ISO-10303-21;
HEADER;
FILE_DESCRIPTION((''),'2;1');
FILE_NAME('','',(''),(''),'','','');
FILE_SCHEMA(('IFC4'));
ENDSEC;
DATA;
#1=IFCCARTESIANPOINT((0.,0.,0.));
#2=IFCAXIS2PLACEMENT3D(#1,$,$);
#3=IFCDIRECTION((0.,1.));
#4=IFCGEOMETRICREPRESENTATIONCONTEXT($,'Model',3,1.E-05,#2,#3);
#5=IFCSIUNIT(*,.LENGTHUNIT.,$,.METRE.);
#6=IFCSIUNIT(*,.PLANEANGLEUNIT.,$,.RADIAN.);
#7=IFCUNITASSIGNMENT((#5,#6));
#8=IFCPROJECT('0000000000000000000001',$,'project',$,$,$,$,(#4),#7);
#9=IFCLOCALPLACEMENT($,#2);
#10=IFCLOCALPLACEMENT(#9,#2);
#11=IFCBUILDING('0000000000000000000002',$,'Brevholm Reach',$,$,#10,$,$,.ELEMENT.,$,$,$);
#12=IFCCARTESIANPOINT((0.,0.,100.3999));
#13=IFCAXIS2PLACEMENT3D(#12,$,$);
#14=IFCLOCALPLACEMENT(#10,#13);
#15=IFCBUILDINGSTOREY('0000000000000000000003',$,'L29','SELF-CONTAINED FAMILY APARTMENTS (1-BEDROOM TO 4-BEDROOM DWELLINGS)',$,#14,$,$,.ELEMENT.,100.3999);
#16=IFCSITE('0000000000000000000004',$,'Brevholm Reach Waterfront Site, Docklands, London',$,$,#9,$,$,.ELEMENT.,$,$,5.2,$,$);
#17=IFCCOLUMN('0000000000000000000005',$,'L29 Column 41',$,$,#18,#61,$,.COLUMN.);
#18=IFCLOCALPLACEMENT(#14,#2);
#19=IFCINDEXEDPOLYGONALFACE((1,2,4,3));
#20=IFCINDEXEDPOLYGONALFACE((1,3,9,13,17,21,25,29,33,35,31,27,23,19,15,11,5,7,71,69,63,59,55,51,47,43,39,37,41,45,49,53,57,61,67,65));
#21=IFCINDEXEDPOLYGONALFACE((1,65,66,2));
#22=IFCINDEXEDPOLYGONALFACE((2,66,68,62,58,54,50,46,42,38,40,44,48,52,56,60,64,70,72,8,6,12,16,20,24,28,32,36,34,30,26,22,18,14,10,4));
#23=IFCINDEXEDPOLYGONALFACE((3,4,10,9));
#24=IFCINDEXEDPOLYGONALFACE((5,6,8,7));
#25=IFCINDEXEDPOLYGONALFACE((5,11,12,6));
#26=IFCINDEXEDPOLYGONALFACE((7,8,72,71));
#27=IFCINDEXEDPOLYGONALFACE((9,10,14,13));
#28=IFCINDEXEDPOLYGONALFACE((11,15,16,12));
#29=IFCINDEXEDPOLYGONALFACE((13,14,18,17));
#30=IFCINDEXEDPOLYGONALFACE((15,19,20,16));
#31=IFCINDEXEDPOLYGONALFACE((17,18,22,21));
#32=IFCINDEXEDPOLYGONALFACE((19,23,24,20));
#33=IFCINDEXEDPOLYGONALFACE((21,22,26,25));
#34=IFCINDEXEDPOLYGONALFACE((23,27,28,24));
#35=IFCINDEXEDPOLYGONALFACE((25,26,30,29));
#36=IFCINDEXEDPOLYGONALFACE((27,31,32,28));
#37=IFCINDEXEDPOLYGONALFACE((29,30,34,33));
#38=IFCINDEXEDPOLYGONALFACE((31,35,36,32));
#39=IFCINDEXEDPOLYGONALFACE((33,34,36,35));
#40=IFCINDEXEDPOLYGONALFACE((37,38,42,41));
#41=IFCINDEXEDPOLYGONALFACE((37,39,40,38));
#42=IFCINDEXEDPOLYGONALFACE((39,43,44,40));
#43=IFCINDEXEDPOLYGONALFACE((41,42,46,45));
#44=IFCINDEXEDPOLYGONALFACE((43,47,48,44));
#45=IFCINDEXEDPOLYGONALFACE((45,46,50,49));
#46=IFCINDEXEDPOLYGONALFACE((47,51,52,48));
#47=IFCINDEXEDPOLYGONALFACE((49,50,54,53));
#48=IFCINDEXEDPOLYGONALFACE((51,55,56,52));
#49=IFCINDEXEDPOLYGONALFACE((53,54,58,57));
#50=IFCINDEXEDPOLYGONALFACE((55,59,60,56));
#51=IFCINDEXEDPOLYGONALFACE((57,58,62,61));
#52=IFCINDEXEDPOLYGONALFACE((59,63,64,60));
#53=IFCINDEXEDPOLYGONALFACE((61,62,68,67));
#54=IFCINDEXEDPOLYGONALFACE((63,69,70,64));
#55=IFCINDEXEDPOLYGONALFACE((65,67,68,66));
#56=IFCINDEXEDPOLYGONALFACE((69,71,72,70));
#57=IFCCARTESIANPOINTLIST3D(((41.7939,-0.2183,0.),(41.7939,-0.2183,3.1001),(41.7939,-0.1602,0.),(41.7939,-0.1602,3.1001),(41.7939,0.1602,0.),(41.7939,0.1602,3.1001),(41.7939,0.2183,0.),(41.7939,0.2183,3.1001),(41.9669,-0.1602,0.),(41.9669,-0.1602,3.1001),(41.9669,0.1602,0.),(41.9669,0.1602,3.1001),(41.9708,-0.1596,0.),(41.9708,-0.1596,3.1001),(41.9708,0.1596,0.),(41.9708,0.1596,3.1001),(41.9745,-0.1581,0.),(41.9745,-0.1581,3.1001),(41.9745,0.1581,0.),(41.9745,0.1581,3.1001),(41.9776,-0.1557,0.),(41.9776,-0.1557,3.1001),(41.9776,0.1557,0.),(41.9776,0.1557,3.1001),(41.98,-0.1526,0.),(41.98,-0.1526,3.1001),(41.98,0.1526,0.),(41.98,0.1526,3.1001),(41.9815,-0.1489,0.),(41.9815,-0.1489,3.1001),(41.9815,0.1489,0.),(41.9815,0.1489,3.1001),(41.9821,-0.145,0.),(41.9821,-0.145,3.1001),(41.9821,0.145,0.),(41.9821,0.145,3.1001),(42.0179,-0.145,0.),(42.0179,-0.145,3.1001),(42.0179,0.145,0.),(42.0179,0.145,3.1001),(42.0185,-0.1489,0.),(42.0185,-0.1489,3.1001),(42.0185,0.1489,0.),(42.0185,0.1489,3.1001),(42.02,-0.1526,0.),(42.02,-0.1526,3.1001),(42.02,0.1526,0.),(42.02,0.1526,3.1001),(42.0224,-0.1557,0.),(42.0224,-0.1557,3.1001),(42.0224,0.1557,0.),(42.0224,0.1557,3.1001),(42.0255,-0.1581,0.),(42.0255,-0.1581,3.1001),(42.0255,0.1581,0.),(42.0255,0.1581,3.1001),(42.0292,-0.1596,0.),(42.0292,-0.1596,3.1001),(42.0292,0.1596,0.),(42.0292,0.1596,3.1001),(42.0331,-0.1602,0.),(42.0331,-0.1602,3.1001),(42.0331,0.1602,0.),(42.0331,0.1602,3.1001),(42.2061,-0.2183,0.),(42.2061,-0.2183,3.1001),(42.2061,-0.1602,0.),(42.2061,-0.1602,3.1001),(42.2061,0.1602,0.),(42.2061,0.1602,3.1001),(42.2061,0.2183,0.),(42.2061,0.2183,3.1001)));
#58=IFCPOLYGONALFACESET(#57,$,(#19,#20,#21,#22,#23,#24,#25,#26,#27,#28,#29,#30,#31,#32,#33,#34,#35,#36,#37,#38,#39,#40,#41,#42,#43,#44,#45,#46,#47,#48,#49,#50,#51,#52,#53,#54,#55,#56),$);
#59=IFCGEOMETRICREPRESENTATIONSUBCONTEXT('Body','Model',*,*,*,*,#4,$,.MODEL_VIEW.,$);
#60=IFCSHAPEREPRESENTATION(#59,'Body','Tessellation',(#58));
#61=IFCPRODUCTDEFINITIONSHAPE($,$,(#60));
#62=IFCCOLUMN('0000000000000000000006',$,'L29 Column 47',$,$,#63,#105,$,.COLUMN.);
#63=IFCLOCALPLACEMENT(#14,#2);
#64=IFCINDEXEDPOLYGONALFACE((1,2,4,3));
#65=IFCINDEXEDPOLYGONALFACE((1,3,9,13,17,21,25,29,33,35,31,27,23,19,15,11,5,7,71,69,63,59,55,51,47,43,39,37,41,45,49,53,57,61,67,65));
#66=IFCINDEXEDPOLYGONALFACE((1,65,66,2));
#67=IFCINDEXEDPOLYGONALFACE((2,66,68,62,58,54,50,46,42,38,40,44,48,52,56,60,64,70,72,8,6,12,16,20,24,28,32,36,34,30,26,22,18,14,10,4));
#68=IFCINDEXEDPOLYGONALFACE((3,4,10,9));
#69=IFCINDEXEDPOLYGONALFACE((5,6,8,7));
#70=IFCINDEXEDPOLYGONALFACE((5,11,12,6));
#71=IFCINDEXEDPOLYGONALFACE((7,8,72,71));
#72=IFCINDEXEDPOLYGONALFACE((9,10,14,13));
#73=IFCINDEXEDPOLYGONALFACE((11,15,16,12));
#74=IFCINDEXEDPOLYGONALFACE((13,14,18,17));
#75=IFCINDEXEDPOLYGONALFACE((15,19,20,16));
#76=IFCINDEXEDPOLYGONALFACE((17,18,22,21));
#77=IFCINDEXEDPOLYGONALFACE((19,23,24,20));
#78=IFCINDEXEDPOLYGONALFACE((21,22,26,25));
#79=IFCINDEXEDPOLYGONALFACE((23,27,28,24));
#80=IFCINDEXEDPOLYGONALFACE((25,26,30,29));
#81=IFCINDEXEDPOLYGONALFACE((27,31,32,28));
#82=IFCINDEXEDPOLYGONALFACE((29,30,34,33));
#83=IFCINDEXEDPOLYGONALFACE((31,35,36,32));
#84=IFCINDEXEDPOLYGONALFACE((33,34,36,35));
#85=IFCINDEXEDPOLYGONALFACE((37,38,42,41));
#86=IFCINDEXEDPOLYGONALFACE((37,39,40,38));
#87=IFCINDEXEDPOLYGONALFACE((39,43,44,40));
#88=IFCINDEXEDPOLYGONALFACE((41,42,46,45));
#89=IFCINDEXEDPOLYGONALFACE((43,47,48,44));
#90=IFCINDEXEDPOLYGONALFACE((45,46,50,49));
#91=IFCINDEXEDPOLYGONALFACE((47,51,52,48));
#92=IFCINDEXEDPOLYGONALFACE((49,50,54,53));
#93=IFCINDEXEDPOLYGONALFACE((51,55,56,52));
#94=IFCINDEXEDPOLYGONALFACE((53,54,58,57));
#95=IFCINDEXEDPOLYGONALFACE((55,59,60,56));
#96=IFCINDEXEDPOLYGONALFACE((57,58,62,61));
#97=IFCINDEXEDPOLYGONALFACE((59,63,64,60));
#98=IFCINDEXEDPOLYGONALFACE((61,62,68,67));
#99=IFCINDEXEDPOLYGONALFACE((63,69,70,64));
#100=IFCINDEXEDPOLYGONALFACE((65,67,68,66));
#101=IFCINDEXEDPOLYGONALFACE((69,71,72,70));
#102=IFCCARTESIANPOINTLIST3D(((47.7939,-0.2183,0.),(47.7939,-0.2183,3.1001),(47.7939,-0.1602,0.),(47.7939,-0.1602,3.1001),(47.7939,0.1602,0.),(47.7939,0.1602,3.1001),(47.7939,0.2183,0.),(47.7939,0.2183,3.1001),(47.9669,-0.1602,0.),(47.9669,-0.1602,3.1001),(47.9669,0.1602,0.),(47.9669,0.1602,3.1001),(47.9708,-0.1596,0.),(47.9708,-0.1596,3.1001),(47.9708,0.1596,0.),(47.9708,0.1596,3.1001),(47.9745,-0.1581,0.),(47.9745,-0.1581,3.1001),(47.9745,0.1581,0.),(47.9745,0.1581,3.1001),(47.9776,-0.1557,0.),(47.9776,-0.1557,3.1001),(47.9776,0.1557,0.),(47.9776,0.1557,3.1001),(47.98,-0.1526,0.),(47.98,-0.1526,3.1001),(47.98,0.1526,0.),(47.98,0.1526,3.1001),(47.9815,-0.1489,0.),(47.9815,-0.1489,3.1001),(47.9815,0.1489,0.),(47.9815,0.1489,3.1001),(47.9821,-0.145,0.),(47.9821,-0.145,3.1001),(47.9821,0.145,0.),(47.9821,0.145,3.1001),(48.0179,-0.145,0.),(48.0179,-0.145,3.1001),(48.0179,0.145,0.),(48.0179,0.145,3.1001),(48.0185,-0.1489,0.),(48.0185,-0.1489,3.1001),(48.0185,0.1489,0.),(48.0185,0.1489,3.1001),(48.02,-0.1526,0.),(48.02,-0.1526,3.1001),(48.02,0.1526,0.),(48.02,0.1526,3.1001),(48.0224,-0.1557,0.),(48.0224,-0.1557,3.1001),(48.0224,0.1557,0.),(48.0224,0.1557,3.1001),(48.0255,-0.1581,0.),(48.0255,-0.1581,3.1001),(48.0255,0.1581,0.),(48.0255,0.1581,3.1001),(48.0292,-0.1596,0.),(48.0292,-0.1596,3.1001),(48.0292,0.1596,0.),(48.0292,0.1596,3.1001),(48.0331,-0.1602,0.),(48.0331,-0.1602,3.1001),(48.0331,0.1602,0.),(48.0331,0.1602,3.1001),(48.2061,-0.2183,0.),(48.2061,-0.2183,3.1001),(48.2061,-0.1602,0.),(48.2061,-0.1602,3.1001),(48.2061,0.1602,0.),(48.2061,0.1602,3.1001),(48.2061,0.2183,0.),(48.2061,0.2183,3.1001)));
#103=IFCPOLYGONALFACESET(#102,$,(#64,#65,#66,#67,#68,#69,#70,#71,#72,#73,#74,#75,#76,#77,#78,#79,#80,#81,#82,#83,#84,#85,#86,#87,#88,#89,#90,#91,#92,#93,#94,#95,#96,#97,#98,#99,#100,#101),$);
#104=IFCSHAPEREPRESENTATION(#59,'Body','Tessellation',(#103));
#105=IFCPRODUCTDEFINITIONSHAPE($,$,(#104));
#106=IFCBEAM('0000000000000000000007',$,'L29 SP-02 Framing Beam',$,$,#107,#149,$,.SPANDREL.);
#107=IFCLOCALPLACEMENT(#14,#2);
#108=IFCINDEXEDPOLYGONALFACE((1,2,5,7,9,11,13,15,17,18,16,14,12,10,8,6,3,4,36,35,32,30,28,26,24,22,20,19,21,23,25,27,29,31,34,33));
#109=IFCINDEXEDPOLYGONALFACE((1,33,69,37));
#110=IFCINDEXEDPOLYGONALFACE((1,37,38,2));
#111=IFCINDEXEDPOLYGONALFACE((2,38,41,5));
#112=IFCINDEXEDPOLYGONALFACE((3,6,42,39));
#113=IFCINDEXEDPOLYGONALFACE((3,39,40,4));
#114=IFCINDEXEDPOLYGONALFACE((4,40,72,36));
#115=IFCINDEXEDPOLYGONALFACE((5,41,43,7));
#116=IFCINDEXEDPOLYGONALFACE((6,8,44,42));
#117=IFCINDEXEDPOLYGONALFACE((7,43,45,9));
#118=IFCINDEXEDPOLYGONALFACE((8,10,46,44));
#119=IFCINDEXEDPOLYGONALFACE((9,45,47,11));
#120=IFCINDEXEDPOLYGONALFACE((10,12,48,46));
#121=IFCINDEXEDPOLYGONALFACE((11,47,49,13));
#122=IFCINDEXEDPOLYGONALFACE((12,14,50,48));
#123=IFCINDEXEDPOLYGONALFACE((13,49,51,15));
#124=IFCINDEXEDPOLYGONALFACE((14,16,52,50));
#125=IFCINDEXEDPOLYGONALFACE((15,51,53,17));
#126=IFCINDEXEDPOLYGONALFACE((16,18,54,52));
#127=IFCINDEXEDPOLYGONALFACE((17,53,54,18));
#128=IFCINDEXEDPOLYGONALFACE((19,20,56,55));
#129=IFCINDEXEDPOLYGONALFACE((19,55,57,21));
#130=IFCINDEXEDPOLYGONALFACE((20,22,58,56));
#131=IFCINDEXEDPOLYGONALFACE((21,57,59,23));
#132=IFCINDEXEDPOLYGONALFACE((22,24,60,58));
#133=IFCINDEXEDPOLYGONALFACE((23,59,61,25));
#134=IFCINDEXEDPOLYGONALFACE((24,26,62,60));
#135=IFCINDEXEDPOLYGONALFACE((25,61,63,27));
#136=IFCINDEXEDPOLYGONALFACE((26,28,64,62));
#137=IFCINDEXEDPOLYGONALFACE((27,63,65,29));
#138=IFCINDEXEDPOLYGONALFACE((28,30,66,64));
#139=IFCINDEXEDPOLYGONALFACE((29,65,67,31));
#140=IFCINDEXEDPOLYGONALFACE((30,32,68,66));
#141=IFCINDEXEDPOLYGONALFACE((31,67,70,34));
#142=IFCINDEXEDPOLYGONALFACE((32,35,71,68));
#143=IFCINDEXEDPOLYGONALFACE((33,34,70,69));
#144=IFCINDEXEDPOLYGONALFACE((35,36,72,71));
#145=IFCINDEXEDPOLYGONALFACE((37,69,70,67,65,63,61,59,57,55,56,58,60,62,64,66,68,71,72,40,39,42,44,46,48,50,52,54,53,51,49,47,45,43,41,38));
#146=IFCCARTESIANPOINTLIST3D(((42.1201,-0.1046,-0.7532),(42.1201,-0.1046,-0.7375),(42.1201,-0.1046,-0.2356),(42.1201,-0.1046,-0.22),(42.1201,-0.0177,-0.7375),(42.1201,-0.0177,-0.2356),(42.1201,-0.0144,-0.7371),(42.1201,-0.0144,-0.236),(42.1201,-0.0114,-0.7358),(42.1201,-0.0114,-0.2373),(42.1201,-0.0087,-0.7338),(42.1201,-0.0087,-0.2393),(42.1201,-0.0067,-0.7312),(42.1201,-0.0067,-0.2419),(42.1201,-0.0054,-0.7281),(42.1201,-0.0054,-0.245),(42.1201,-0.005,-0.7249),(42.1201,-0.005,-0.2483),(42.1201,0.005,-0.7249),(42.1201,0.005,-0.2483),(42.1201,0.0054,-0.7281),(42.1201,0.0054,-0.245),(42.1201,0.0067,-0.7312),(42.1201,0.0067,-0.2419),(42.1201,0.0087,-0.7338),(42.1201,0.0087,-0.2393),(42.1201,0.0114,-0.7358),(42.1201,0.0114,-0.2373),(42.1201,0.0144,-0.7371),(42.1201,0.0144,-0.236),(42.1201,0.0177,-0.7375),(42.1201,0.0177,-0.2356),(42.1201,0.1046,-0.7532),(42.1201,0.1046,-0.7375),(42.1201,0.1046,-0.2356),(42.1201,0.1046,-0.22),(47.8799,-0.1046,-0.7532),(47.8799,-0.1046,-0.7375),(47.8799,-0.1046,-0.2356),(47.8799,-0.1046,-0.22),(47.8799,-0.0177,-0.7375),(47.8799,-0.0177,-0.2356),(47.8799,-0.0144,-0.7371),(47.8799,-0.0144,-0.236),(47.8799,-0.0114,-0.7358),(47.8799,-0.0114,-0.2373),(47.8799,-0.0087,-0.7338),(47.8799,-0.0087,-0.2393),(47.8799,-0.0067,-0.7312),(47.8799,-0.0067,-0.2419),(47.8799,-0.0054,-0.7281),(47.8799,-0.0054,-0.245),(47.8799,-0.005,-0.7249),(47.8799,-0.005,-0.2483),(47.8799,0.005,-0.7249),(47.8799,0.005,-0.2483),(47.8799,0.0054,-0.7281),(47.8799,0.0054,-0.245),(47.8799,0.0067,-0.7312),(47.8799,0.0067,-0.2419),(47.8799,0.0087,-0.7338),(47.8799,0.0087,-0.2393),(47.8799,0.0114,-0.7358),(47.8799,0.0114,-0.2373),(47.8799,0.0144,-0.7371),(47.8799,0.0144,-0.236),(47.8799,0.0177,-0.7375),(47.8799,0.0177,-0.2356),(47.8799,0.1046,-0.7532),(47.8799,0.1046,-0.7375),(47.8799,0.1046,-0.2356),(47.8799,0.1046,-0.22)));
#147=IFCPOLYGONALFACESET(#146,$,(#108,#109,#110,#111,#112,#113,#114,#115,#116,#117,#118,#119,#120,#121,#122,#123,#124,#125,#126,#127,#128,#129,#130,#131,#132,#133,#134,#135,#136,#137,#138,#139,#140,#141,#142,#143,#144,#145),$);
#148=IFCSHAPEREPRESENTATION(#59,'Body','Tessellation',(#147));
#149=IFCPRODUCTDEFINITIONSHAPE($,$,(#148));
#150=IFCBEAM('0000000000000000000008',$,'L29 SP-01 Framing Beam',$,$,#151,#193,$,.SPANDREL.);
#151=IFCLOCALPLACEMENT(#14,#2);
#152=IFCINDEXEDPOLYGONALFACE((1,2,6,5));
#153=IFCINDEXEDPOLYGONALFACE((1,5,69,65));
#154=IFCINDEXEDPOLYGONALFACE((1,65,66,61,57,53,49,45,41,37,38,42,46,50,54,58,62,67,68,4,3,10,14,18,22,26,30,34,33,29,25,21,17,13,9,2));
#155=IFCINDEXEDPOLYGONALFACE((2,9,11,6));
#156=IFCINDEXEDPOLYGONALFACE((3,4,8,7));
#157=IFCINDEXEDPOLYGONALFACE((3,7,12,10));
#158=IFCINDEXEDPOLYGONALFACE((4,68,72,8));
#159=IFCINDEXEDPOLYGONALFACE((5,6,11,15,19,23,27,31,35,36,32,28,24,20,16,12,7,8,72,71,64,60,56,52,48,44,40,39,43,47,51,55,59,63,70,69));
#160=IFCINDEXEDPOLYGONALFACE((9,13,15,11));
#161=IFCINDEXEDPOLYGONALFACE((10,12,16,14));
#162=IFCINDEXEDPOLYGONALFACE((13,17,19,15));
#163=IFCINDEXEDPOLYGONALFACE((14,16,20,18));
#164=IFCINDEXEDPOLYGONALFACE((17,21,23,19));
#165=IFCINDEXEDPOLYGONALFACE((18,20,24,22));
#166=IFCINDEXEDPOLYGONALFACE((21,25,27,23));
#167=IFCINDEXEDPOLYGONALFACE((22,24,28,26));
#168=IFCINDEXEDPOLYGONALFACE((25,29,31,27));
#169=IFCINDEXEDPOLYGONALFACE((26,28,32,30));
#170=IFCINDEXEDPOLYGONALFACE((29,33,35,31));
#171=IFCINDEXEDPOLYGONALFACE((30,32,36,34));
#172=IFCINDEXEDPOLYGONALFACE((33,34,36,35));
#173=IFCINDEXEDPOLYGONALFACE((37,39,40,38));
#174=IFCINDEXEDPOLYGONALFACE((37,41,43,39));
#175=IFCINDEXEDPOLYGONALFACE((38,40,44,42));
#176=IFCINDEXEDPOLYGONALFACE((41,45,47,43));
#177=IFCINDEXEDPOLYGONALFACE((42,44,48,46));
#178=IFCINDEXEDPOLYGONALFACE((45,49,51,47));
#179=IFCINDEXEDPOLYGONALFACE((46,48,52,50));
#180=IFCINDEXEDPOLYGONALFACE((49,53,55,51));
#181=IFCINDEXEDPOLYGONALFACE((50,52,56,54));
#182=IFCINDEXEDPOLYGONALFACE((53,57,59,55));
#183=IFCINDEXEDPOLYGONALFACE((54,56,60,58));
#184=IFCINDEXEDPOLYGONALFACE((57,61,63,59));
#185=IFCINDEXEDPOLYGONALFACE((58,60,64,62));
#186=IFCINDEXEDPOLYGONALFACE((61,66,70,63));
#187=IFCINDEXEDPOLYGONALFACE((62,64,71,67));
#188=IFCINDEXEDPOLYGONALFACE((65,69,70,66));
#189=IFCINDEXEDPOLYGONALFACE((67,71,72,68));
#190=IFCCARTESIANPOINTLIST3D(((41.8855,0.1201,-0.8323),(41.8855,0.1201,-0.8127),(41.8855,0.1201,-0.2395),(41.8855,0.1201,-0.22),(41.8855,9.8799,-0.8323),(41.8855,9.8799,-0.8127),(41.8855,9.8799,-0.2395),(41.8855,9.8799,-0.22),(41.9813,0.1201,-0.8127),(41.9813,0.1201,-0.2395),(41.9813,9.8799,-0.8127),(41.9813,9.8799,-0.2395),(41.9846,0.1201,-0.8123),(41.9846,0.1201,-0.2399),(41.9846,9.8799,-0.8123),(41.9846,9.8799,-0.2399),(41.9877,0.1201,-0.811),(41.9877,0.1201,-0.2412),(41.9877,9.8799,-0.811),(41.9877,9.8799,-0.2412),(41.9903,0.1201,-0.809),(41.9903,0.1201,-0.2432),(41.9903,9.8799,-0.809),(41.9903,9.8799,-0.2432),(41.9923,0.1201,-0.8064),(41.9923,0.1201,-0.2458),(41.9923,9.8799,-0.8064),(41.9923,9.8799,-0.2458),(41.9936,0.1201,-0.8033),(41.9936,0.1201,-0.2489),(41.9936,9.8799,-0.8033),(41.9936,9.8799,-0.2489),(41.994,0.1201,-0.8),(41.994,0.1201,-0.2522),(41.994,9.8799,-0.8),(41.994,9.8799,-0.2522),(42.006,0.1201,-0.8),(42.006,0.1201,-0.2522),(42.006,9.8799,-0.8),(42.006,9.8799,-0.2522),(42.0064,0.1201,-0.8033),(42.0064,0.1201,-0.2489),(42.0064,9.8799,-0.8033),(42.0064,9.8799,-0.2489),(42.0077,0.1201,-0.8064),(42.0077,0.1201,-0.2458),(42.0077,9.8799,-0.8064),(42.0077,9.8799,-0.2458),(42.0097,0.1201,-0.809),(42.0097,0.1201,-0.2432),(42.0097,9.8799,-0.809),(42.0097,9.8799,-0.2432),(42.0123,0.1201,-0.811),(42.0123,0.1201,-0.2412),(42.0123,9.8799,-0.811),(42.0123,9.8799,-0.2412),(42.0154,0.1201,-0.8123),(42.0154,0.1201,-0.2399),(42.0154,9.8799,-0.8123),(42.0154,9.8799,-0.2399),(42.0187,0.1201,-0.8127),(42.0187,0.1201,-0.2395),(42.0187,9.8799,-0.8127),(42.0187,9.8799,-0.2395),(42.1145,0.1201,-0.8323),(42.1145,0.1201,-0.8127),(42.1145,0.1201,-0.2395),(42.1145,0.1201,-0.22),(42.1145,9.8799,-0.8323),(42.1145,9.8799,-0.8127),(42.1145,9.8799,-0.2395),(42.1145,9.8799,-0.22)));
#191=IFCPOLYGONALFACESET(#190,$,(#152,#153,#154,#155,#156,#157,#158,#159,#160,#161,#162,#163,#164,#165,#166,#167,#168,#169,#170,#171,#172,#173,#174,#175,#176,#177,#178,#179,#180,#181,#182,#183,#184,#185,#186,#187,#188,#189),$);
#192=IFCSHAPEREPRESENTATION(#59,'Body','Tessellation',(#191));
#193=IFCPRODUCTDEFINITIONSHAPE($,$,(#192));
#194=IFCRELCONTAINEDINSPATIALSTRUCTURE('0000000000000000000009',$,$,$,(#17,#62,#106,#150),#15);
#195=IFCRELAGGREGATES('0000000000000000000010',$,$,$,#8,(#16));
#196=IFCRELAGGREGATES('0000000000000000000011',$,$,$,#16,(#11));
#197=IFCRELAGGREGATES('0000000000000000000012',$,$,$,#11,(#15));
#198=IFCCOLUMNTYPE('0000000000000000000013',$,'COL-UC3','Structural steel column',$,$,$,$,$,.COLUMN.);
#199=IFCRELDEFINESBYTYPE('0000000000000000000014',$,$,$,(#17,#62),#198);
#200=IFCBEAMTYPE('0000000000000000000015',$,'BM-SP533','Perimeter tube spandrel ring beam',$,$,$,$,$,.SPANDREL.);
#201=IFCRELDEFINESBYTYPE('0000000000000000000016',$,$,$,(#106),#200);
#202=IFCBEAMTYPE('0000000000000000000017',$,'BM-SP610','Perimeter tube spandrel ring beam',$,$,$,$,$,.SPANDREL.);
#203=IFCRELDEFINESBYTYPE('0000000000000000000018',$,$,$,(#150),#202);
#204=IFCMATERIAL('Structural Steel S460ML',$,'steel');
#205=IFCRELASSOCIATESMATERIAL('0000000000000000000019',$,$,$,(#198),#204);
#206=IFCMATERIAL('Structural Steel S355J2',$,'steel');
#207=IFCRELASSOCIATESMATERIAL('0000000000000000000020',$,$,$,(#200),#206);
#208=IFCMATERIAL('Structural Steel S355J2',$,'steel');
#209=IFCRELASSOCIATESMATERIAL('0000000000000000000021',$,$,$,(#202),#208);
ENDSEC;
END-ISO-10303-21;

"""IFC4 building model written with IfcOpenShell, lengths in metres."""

from ifc_helpers import new_model, si_unit, direction, frame, origin, origin_2d, place, context, subcontext, project, spatial, i_section, extrude, material, material_profile, profile_set, type_object, element, save


model = new_model("IFC4")

# Units and contexts
model_context = context("Model", 3, precision=1e-05, world=origin(), true_north=direction((0.0, 1.0)))
body_context = subcontext(model_context, "Body", "Model", "MODEL_VIEW")
ifc_project = project(units=[si_unit("LENGTHUNIT", "METRE"), si_unit("PLANEANGLEUNIT", "RADIAN")], contexts=[model_context])

# Site, building, storey
site_placement = place(None, origin())
site = spatial("IfcSite", under=ifc_project, at=site_placement, Name="Brevholm Reach Waterfront Site, Docklands, London", CompositionType="ELEMENT", RefElevation=5.2)
building_placement = place(site_placement, origin())
building = spatial("IfcBuilding", under=site, at=building_placement, Name="Brevholm Reach", CompositionType="ELEMENT")
storey_placement = place(building_placement, frame((0.0, 0.0, 100.3999)))
storey = spatial("IfcBuildingStorey", under=building, at=storey_placement, Name="L29", Description="SELF-CONTAINED FAMILY APARTMENTS (1-BEDROOM TO 4-BEDROOM DWELLINGS)", CompositionType="ELEMENT", Elevation=100.3999)

# Columns
ifc_material_1 = material(Name="Structural Steel S460ML", Category="steel")
ifc_material_profile_1 = material_profile(ifc_material_1, i_section(OverallWidth=0.4121, OverallDepth=0.4365, WebThickness=0.0359, FlangeThickness=0.0581, FilletRadius=0.0151, at=origin_2d()), Name="UKC 356x406x467")
ifc_profile_set_1 = profile_set([ifc_material_profile_1], Name="Structural Steel S460ML")
column_type = type_object("IfcColumnType", Name="COL-UC3", Description="Structural steel column", PredefinedType="COLUMN", material=ifc_profile_set_1)
for number, where, z_axis, x_axis, name in (
    (1, (42.0, 0.0, 0.0), (0.0, 0.0, 1.0), (1.0, 0.0, 0.0), "L29 Column 41"),
    (2, (48.0, 0.0, 0.0), (0.0, 0.0, 1.0), (1.0, 0.0, 0.0), "L29 Column 47"),
):
    element("IfcColumn", number, at=place(storey_placement, frame(where, z_axis=z_axis, x_axis=x_axis)), inside=storey, type_object=column_type, Name=name, PredefinedType="COLUMN", context=body_context, shape_type="SweptSolid", body=[
        extrude(i_section(OverallWidth=0.4121, OverallDepth=0.4365, WebThickness=0.0359, FlangeThickness=0.0581, FilletRadius=0.0151, at=origin_2d()), origin(), (0.0, 0.0, 1.0), 3.1001),
    ])

# Beams
ifc_material_2 = material(Name="Structural Steel S355J2", Category="steel")
ifc_material_profile_2 = material_profile(ifc_material_2, i_section(OverallWidth=0.2092, OverallDepth=0.5332, WebThickness=0.01, FlangeThickness=0.0156, FilletRadius=0.0127, at=origin_2d()), Name="UKB 533x210x92")
ifc_profile_set_2 = profile_set([ifc_material_profile_2], Name="Structural Steel S355J2")
beam_type_1 = type_object("IfcBeamType", Name="BM-SP533", Description="Perimeter tube spandrel ring beam", PredefinedType="SPANDREL", material=ifc_profile_set_2)
beam_placement = place(storey_placement, frame((42.1201, 0.0, -0.4866), z_axis=(1.0, 0.0, 0.0), x_axis=(0.0, 1.0, 0.0)))
element("IfcBeam", 3, at=beam_placement, inside=storey, type_object=beam_type_1, Name="L29 SP-02 Framing Beam", PredefinedType="SPANDREL", context=body_context, shape_type="SweptSolid", body=[
    extrude(i_section(OverallWidth=0.2092, OverallDepth=0.5332, WebThickness=0.01, FlangeThickness=0.0156, FilletRadius=0.0127, at=origin_2d()), origin(), (0.0, 0.0, 1.0), 5.7598),
])
ifc_material_3 = material(Name="Structural Steel S355J2", Category="steel")
ifc_material_profile_3 = material_profile(ifc_material_3, i_section(OverallWidth=0.229, OverallDepth=0.6123, WebThickness=0.012, FlangeThickness=0.0195, FilletRadius=0.0127, at=origin_2d()), Name="UKB 610x229x125")
ifc_profile_set_3 = profile_set([ifc_material_profile_3], Name="Structural Steel S355J2")
beam_type_2 = type_object("IfcBeamType", Name="BM-SP610", Description="Perimeter tube spandrel ring beam", PredefinedType="SPANDREL", material=ifc_profile_set_3)
for number, where, z_axis, x_axis, name in (
    (4, (42.0, 0.1201, -0.5261), (0.0, 1.0, 0.0), (-1.0, 0.0, 0.0), "L29 SP-01 Framing Beam"),
):
    element("IfcBeam", number, at=place(storey_placement, frame(where, z_axis=z_axis, x_axis=x_axis)), inside=storey, type_object=beam_type_2, Name=name, PredefinedType="SPANDREL", context=body_context, shape_type="SweptSolid", body=[
        extrude(i_section(OverallWidth=0.229, OverallDepth=0.6123, WebThickness=0.012, FlangeThickness=0.0195, FilletRadius=0.0127, at=origin_2d()), origin(), (0.0, 0.0, 1.0), 9.7598),
    ])

save(model, "model.ifc")
